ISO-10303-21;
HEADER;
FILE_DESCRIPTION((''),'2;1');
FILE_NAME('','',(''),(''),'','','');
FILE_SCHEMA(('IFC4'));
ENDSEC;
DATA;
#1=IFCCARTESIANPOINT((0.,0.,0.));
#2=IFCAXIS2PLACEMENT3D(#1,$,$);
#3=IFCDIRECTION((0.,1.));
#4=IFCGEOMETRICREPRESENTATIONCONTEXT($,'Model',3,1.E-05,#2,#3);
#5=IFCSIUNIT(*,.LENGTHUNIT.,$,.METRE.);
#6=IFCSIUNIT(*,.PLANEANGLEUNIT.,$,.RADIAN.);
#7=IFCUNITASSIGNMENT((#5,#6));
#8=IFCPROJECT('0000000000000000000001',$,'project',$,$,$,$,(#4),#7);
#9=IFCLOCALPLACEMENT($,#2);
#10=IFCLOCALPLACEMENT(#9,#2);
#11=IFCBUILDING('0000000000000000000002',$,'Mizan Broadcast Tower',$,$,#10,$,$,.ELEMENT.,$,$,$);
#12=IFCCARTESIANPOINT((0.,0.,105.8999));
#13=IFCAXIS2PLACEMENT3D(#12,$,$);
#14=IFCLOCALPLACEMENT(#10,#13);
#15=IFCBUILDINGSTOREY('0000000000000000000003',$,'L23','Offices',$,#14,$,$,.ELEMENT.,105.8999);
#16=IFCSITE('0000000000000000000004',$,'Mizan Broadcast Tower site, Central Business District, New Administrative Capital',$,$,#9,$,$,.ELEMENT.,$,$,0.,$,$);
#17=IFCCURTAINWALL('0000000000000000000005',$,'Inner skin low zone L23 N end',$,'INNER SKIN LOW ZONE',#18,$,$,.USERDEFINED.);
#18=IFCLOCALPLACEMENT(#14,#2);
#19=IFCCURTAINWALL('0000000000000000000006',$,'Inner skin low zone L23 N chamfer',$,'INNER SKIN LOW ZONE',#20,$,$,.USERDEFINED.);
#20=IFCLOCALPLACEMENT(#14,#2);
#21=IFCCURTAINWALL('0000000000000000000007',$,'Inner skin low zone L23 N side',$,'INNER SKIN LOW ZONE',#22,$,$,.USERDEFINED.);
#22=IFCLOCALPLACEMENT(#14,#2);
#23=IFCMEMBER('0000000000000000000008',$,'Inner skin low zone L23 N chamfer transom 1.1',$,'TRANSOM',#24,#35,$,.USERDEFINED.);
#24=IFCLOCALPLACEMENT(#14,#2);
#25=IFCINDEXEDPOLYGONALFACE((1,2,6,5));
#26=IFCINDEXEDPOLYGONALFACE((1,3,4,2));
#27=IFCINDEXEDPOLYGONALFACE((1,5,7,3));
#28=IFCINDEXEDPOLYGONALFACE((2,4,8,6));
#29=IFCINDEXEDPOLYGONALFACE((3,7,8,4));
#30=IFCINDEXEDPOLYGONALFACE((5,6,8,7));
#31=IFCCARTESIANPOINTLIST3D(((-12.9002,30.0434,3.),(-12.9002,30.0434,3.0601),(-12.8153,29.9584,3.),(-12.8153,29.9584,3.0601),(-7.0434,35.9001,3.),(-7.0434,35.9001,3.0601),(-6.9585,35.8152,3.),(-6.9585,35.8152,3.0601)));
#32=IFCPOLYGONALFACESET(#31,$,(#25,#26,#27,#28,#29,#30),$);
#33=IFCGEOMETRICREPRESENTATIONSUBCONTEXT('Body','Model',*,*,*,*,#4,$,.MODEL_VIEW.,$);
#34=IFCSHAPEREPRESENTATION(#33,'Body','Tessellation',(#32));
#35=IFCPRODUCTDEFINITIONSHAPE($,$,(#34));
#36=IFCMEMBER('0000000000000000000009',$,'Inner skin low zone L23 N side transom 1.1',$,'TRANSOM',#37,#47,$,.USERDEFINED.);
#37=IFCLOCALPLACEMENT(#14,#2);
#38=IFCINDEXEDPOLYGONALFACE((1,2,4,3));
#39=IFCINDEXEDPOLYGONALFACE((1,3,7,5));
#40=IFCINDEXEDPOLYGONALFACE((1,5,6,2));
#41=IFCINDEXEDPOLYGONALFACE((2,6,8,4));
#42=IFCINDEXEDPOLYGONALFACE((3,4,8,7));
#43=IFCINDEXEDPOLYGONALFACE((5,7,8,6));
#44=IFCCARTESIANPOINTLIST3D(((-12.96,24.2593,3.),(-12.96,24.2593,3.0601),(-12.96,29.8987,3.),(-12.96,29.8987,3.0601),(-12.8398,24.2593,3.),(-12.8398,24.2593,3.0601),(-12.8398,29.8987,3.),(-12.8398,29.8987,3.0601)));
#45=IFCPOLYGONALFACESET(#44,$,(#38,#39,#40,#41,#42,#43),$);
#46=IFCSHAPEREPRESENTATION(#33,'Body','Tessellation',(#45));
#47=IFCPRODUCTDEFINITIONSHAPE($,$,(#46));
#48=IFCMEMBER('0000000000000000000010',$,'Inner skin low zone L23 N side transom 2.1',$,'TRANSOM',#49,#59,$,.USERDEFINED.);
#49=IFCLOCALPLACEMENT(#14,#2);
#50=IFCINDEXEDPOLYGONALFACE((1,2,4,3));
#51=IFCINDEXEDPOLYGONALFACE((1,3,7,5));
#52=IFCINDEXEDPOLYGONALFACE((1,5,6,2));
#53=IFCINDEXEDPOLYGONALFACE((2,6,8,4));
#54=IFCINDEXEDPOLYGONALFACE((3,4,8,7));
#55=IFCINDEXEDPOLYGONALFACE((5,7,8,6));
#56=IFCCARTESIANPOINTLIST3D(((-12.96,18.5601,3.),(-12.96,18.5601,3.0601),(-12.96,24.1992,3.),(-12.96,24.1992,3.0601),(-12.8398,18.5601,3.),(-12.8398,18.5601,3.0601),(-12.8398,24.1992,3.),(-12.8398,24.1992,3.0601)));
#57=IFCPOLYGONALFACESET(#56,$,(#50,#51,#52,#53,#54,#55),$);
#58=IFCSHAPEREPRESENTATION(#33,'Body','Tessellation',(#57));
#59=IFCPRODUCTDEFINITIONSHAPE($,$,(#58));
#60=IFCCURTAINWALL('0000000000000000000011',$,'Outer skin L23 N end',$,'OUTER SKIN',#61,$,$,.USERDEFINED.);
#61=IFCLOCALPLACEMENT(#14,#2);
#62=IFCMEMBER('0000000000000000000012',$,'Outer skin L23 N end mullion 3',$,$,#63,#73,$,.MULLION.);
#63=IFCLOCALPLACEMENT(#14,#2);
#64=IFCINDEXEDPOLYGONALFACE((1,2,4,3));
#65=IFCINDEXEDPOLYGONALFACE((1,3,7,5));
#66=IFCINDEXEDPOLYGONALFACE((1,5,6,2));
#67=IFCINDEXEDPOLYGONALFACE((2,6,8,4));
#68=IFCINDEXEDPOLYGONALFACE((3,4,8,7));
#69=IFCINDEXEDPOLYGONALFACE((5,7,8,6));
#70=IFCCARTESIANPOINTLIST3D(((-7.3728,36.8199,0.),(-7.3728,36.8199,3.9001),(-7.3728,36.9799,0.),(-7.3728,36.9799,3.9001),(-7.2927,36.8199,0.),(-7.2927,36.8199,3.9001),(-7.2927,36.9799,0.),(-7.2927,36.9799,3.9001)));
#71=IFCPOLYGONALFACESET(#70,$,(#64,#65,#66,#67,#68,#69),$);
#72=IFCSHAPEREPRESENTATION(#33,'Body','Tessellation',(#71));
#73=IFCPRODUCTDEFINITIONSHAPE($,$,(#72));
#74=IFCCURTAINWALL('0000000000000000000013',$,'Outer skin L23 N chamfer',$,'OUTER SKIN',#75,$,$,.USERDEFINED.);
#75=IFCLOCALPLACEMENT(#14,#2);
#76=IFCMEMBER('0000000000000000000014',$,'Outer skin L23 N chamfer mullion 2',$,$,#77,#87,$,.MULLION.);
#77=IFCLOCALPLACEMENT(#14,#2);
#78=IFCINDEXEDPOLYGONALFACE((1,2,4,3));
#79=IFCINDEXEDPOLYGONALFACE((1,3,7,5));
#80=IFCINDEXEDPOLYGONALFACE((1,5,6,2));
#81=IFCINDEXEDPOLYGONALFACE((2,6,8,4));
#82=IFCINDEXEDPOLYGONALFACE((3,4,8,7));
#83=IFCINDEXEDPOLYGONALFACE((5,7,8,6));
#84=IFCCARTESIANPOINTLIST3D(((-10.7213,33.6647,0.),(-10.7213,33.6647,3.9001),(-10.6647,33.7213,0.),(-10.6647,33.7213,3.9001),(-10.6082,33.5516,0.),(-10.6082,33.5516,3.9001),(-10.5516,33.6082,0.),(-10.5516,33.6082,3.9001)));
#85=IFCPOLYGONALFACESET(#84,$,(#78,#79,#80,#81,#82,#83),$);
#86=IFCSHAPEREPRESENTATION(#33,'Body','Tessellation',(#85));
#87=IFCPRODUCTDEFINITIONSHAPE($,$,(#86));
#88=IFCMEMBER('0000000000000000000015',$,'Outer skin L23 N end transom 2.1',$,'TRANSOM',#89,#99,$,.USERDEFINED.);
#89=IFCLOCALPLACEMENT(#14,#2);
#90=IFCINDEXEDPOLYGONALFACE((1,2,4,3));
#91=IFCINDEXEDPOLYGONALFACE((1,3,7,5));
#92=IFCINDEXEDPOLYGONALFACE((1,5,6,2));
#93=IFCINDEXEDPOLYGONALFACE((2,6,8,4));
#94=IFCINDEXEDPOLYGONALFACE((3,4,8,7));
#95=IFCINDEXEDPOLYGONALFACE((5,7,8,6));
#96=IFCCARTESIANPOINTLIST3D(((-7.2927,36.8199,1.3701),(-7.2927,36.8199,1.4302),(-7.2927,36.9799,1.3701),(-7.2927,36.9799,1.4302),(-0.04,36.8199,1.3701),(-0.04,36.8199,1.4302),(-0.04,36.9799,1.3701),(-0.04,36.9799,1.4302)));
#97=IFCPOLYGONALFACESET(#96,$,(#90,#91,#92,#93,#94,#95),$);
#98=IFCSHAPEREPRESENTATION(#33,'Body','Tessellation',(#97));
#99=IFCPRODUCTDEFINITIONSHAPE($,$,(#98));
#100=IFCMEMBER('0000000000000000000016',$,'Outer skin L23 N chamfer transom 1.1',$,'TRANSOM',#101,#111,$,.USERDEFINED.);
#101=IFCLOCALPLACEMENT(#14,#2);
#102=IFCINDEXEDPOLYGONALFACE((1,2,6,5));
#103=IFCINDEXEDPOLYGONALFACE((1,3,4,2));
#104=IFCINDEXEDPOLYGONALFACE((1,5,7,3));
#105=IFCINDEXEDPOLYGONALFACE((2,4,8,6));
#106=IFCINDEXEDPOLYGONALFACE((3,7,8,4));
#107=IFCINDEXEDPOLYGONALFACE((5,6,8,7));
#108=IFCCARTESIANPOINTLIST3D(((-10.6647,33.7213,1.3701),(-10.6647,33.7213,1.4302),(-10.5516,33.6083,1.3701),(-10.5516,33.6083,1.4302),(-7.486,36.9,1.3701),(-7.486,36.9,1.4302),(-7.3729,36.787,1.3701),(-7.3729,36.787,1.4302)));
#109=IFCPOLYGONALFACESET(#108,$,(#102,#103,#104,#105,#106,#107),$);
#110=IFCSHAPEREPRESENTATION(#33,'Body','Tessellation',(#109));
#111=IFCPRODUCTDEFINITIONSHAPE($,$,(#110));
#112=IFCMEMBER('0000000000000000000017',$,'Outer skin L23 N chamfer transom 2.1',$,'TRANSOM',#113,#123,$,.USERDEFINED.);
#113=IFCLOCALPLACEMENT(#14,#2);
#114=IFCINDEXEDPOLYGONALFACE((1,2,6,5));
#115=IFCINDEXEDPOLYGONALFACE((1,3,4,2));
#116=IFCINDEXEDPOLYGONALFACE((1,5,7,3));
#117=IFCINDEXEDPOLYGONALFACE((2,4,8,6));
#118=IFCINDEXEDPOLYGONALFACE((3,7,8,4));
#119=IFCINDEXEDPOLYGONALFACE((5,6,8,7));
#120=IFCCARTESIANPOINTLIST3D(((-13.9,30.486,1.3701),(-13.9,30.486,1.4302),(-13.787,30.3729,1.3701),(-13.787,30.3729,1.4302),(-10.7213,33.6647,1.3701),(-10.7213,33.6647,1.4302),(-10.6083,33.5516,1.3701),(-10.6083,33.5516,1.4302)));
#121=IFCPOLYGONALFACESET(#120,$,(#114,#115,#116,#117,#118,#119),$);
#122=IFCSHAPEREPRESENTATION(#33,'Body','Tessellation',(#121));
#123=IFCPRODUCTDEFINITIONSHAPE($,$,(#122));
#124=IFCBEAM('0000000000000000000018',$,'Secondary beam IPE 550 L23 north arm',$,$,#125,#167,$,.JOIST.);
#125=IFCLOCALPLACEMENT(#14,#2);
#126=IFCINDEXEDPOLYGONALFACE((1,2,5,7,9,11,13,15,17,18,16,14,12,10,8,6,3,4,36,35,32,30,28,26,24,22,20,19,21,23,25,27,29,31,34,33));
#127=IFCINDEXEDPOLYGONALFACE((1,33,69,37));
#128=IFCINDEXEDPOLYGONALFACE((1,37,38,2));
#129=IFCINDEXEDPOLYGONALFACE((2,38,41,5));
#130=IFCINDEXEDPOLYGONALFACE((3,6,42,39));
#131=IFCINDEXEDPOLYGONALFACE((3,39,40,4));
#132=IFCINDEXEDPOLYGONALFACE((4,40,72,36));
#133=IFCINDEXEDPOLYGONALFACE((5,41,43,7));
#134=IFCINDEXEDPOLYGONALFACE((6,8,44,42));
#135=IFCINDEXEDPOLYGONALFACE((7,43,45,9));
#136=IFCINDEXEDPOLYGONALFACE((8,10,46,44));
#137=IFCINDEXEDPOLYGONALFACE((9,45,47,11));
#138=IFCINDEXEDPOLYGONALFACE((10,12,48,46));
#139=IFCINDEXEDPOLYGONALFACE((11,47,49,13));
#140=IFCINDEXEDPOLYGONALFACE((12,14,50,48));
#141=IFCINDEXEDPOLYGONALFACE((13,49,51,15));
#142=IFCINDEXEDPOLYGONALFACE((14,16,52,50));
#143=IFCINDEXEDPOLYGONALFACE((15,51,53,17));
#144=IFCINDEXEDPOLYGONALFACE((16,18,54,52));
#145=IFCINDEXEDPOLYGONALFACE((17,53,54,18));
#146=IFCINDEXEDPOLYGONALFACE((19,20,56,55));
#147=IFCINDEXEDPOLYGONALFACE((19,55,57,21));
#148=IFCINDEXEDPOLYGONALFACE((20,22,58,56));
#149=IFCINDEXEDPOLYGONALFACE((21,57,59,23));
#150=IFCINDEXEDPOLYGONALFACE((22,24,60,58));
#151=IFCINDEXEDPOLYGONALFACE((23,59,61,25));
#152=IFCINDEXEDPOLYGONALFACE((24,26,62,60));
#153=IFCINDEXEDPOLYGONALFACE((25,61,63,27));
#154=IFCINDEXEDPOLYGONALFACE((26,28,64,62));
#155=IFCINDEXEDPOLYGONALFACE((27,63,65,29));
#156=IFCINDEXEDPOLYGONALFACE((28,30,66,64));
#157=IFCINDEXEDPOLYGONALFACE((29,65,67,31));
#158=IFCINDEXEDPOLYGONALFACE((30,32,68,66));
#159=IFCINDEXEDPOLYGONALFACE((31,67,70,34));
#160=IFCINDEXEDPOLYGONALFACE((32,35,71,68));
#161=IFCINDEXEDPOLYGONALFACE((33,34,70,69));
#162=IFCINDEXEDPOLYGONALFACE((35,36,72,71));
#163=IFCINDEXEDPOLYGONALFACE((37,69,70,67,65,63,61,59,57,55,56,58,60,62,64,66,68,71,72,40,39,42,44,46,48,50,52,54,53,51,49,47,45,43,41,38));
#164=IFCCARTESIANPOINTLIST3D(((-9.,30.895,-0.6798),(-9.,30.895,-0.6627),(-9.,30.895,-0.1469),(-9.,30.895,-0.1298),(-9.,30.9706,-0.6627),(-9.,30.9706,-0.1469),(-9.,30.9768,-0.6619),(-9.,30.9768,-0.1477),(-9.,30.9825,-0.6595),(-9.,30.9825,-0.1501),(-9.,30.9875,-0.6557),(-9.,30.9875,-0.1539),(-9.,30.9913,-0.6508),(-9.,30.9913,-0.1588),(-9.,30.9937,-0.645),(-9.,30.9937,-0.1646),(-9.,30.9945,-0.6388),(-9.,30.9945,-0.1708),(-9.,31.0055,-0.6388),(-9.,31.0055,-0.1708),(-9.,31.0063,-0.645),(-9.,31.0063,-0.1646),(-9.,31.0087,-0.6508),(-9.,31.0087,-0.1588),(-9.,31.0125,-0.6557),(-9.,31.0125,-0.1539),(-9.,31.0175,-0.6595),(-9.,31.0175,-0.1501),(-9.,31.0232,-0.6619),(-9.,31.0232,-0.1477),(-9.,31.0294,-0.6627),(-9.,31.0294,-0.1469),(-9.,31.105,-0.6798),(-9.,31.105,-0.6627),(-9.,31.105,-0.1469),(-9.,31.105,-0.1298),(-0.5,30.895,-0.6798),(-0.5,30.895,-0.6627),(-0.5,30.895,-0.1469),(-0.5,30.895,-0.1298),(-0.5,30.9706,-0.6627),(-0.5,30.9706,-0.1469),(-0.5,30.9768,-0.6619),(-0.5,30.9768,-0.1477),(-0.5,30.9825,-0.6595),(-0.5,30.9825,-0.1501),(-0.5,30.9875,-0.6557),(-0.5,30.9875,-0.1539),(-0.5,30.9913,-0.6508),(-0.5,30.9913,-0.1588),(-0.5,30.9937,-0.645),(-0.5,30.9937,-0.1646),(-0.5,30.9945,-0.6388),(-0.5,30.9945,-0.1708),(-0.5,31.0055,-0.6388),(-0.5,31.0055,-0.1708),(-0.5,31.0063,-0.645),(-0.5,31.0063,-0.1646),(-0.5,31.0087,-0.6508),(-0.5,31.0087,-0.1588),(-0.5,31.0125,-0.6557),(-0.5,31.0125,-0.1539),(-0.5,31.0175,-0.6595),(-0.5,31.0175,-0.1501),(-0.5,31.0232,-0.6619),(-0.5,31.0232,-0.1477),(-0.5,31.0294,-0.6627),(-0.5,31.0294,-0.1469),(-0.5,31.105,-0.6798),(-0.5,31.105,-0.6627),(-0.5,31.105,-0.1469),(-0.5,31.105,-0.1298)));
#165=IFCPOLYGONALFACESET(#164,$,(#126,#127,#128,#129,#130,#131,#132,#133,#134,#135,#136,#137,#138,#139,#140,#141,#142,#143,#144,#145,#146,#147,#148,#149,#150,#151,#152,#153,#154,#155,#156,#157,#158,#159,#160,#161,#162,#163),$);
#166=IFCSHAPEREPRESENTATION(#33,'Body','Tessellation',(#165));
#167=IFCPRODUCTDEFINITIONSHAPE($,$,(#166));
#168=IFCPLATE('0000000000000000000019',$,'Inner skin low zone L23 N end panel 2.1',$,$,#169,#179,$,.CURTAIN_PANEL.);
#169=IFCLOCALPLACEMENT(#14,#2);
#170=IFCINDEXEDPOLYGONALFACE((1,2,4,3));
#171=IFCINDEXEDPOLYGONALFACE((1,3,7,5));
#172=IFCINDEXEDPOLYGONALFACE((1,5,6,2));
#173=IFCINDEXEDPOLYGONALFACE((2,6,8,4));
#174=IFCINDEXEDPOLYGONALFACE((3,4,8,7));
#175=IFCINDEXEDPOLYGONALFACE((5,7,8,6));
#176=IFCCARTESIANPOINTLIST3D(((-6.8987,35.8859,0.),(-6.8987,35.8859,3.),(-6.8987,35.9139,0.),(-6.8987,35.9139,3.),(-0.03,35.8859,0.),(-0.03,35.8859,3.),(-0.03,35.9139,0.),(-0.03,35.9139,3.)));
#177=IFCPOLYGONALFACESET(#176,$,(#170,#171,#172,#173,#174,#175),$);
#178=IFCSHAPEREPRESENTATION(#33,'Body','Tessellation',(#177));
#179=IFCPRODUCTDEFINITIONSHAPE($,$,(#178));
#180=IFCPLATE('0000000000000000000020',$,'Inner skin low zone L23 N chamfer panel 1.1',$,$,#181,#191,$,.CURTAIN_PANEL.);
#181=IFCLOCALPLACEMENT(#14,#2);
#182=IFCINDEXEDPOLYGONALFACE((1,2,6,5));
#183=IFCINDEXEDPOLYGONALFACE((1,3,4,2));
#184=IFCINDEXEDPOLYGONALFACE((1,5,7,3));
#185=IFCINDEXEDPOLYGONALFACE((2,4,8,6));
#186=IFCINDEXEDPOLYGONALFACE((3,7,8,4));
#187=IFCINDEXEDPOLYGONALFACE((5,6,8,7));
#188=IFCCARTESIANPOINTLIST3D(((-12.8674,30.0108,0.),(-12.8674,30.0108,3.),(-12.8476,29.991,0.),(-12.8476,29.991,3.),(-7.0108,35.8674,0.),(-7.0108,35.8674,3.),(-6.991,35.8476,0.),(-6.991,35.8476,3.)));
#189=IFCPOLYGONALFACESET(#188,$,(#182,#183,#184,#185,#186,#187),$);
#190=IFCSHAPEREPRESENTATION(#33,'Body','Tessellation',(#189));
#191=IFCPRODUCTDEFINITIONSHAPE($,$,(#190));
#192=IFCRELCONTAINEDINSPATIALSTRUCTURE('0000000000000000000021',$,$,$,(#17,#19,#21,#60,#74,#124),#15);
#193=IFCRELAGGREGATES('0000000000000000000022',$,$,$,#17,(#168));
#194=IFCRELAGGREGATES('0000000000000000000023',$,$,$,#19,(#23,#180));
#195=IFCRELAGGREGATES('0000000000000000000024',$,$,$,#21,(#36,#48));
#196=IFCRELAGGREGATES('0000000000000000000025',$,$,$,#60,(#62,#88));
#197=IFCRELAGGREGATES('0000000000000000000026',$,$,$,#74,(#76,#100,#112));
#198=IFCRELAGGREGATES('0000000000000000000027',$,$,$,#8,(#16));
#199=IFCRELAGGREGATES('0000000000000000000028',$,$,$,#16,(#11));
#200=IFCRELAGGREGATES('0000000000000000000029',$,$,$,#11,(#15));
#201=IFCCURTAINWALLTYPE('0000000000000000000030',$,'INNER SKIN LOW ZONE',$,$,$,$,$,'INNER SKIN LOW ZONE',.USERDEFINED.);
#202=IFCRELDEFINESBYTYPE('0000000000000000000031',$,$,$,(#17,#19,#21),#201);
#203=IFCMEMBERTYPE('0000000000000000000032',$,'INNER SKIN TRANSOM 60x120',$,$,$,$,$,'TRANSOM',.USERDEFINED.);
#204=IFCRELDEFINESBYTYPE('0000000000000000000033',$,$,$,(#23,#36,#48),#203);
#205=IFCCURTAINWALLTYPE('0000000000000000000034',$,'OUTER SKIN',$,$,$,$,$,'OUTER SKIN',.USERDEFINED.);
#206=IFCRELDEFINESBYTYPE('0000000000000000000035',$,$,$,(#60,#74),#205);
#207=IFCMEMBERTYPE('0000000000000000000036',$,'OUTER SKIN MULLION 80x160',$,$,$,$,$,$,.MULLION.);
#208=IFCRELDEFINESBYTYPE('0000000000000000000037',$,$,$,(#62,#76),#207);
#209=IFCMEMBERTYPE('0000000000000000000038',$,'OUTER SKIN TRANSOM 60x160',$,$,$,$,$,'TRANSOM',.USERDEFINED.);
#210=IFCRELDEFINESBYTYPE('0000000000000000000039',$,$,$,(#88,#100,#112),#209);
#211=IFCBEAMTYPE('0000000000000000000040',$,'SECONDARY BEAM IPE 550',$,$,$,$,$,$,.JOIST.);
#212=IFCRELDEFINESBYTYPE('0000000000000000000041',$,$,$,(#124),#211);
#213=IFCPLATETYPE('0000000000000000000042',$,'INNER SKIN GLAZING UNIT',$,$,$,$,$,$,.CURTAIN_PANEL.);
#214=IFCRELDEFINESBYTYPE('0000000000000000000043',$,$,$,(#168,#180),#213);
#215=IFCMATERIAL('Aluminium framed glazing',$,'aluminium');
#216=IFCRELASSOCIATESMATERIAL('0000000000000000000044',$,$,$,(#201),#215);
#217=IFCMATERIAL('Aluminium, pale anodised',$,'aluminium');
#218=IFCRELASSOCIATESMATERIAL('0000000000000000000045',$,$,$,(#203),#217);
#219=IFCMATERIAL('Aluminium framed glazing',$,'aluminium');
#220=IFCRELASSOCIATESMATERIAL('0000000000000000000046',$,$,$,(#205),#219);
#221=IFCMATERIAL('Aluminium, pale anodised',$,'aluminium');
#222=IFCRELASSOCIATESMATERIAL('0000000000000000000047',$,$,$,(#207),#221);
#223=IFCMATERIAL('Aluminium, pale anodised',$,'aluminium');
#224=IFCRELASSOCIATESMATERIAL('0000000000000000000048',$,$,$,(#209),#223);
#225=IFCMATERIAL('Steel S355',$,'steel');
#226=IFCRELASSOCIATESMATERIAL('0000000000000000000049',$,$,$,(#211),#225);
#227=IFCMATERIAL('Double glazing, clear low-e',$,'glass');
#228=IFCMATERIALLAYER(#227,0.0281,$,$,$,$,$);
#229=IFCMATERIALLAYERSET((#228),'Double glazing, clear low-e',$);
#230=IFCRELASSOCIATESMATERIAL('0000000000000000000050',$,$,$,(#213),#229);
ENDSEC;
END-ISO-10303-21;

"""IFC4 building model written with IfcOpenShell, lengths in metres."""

from ifc_helpers import new_model, si_unit, direction, frame, origin, origin_2d, place, context, subcontext, project, spatial, rectangle, i_section, extrude, material, layer, layer_set, material_profile, profile_set, type_object, element, aggregate, save


model = new_model("IFC4")

# Units and contexts
model_context = context("Model", 3, precision=1e-05, world=origin(), true_north=direction((0.0, 1.0)))
body_context = subcontext(model_context, "Body", "Model", "MODEL_VIEW")
ifc_project = project(units=[si_unit("LENGTHUNIT", "METRE"), si_unit("PLANEANGLEUNIT", "RADIAN")], contexts=[model_context])

# Site, building, storey
site_placement = place(None, origin())
site = spatial("IfcSite", under=ifc_project, at=site_placement, Name="Mizan Broadcast Tower site, Central Business District, New Administrative Capital", CompositionType="ELEMENT", RefElevation=0.0)
building_placement = place(site_placement, origin())
building = spatial("IfcBuilding", under=site, at=building_placement, Name="Mizan Broadcast Tower", CompositionType="ELEMENT")
storey_placement = place(building_placement, frame((0.0, 0.0, 105.8999)))
storey = spatial("IfcBuildingStorey", under=building, at=storey_placement, Name="L23", Description="Offices", CompositionType="ELEMENT", Elevation=105.8999)

# Curtain walls
ifc_material_1 = material(Name="Aluminium framed glazing", Category="aluminium")
curtain_wall_type_1 = type_object("IfcCurtainWallType", Name="INNER SKIN LOW ZONE", ElementType="INNER SKIN LOW ZONE", PredefinedType="USERDEFINED", material=ifc_material_1)
curtain_wall_1_placement = place(storey_placement, origin())
curtain_wall_1 = element("IfcCurtainWall", 1, at=curtain_wall_1_placement, inside=storey, type_object=curtain_wall_type_1, Name="Inner skin low zone L23 N end", ObjectType="INNER SKIN LOW ZONE", PredefinedType="USERDEFINED")
curtain_wall_2_placement = place(storey_placement, origin())
curtain_wall_2 = element("IfcCurtainWall", 2, at=curtain_wall_2_placement, inside=storey, type_object=curtain_wall_type_1, Name="Inner skin low zone L23 N chamfer", ObjectType="INNER SKIN LOW ZONE", PredefinedType="USERDEFINED")
curtain_wall_3_placement = place(storey_placement, origin())
curtain_wall_3 = element("IfcCurtainWall", 3, at=curtain_wall_3_placement, inside=storey, type_object=curtain_wall_type_1, Name="Inner skin low zone L23 N side", ObjectType="INNER SKIN LOW ZONE", PredefinedType="USERDEFINED")

# Members
ifc_material_2 = material(Name="Aluminium, pale anodised", Category="aluminium")
ifc_material_profile_1 = material_profile(ifc_material_2, rectangle(XDim=0.1201, YDim=0.0601, at=origin_2d()), Name="TRANSOM 120x60")
ifc_profile_set_1 = profile_set([ifc_material_profile_1], Name="Aluminium, pale anodised")
member_type_1 = type_object("IfcMemberType", Name="INNER SKIN TRANSOM 60x120", ElementType="TRANSOM", PredefinedType="USERDEFINED", material=ifc_profile_set_1)
member_1_placement = place(storey_placement, frame((-7.001, 35.8577, 3.03), z_axis=(-0.707107, -0.707107, 0.0), x_axis=(0.707107, -0.707107, 0.0)))
member_1 = element("IfcMember", 4, at=member_1_placement, type_object=member_type_1, Name="Inner skin low zone L23 N chamfer transom 1.1", ObjectType="TRANSOM", PredefinedType="USERDEFINED", context=body_context, shape_type="SweptSolid", body=[
    extrude(rectangle(XDim=0.1201, YDim=0.0601, at=origin_2d()), origin(), (0.0, 0.0, 1.0), 8.2827),
])
member_2_placement = place(storey_placement, frame((-12.8999, 29.8987, 3.03), z_axis=(0.0, -1.0, 0.0), x_axis=(1.0, 0.0, 0.0)))
member_2 = element("IfcMember", 5, at=member_2_placement, type_object=member_type_1, Name="Inner skin low zone L23 N side transom 1.1", ObjectType="TRANSOM", PredefinedType="USERDEFINED", context=body_context, shape_type="SweptSolid", body=[
    extrude(rectangle(XDim=0.1201, YDim=0.0601, at=origin_2d()), origin(), (0.0, 0.0, 1.0), 5.6394),
])
member_3_placement = place(storey_placement, frame((-12.8999, 24.1992, 3.03), z_axis=(0.0, -1.0, 0.0), x_axis=(1.0, 0.0, 0.0)))
member_3 = element("IfcMember", 6, at=member_3_placement, type_object=member_type_1, Name="Inner skin low zone L23 N side transom 2.1", ObjectType="TRANSOM", PredefinedType="USERDEFINED", context=body_context, shape_type="SweptSolid", body=[
    extrude(rectangle(XDim=0.1201, YDim=0.0601, at=origin_2d()), origin(), (0.0, 0.0, 1.0), 5.6392),
])

# Curtain walls, members
ifc_material_3 = material(Name="Aluminium framed glazing", Category="aluminium")
curtain_wall_type_2 = type_object("IfcCurtainWallType", Name="OUTER SKIN", ElementType="OUTER SKIN", PredefinedType="USERDEFINED", material=ifc_material_3)
curtain_wall_4_placement = place(storey_placement, origin())
curtain_wall_4 = element("IfcCurtainWall", 7, at=curtain_wall_4_placement, inside=storey, type_object=curtain_wall_type_2, Name="Outer skin L23 N end", ObjectType="OUTER SKIN", PredefinedType="USERDEFINED")
ifc_material_4 = material(Name="Aluminium, pale anodised", Category="aluminium")
ifc_material_profile_2 = material_profile(ifc_material_4, rectangle(XDim=0.1599, YDim=0.0801, at=origin_2d()), Name="MULLION 160x80")
ifc_profile_set_2 = profile_set([ifc_material_profile_2], Name="Aluminium, pale anodised")
member_type_2 = type_object("IfcMemberType", Name="OUTER SKIN MULLION 80x160", PredefinedType="MULLION", material=ifc_profile_set_2)
member_4_placement = place(storey_placement, frame((-7.3328, 36.8999, 0.0), z_axis=(0.0, 0.0, 1.0), x_axis=(0.0, -1.0, 0.0)))
member_4 = element("IfcMember", 8, at=member_4_placement, type_object=member_type_2, Name="Outer skin L23 N end mullion 3", PredefinedType="MULLION", context=body_context, shape_type="SweptSolid", body=[
    extrude(rectangle(XDim=0.1599, YDim=0.0801, at=origin_2d()), origin(), (0.0, 0.0, 1.0), 3.9001),
])
curtain_wall_5_placement = place(storey_placement, origin())
curtain_wall_5 = element("IfcCurtainWall", 9, at=curtain_wall_5_placement, inside=storey, type_object=curtain_wall_type_2, Name="Outer skin L23 N chamfer", ObjectType="OUTER SKIN", PredefinedType="USERDEFINED")
member_5_placement = place(storey_placement, frame((-10.6365, 33.6365, 0.0), z_axis=(0.0, 0.0, 1.0), x_axis=(0.707107, -0.707107, 0.0)))
member_5 = element("IfcMember", 10, at=member_5_placement, type_object=member_type_2, Name="Outer skin L23 N chamfer mullion 2", PredefinedType="MULLION", context=body_context, shape_type="SweptSolid", body=[
    extrude(rectangle(XDim=0.1599, YDim=0.0801, at=origin_2d()), origin(), (0.0, 0.0, 1.0), 3.9001),
])

# Members
ifc_material_5 = material(Name="Aluminium, pale anodised", Category="aluminium")
ifc_material_profile_3 = material_profile(ifc_material_5, rectangle(XDim=0.1599, YDim=0.0601, at=origin_2d()), Name="TRANSOM 160x60")
ifc_profile_set_3 = profile_set([ifc_material_profile_3], Name="Aluminium, pale anodised")
member_type_3 = type_object("IfcMemberType", Name="OUTER SKIN TRANSOM 60x160", ElementType="TRANSOM", PredefinedType="USERDEFINED", material=ifc_profile_set_3)
member_6_placement = place(storey_placement, frame((-0.04, 36.8999, 1.4001), z_axis=(-1.0, 0.0, 0.0), x_axis=(0.0, -1.0, 0.0)))
member_6 = element("IfcMember", 11, at=member_6_placement, type_object=member_type_3, Name="Outer skin L23 N end transom 2.1", ObjectType="TRANSOM", PredefinedType="USERDEFINED", context=body_context, shape_type="SweptSolid", body=[
    extrude(rectangle(XDim=0.1599, YDim=0.0601, at=origin_2d()), origin(), (0.0, 0.0, 1.0), 7.2527),
])
member_7_placement = place(storey_placement, frame((-7.4294, 36.8435, 1.4001), z_axis=(-0.707107, -0.707107, 0.0), x_axis=(0.707107, -0.707107, 0.0)))
member_7 = element("IfcMember", 12, at=member_7_placement, type_object=member_type_3, Name="Outer skin L23 N chamfer transom 1.1", ObjectType="TRANSOM", PredefinedType="USERDEFINED", context=body_context, shape_type="SweptSolid", body=[
    extrude(rectangle(XDim=0.1599, YDim=0.0601, at=origin_2d()), origin(), (0.0, 0.0, 1.0), 4.4954),
])
member_8_placement = place(storey_placement, frame((-10.6648, 33.6082, 1.4001), z_axis=(-0.707107, -0.707107, 0.0), x_axis=(0.707107, -0.707107, 0.0)))
member_8 = element("IfcMember", 13, at=member_8_placement, type_object=member_type_3, Name="Outer skin L23 N chamfer transom 2.1", ObjectType="TRANSOM", PredefinedType="USERDEFINED", context=body_context, shape_type="SweptSolid", body=[
    extrude(rectangle(XDim=0.1599, YDim=0.0601, at=origin_2d()), origin(), (0.0, 0.0, 1.0), 4.4954),
])

# Beam
ifc_material_6 = material(Name="Steel S355", Category="steel")
ifc_material_profile_4 = material_profile(ifc_material_6, i_section(OverallWidth=0.21, OverallDepth=0.55, WebThickness=0.011, FlangeThickness=0.0171, FilletRadius=0.0239, at=origin_2d()), Name="IPE 550")
ifc_profile_set_4 = profile_set([ifc_material_profile_4], Name="Steel S355")
beam_type_1 = type_object("IfcBeamType", Name="SECONDARY BEAM IPE 550", PredefinedType="JOIST", material=ifc_profile_set_4)
beam_1_placement = place(storey_placement, frame((-9.0, 31.0, -0.4048), z_axis=(1.0, 0.0, 0.0), x_axis=(0.0, 1.0, 0.0)))
element("IfcBeam", 14, at=beam_1_placement, inside=storey, type_object=beam_type_1, Name="Secondary beam IPE 550 L23 north arm", PredefinedType="JOIST", context=body_context, shape_type="SweptSolid", body=[
    extrude(i_section(OverallWidth=0.21, OverallDepth=0.55, WebThickness=0.011, FlangeThickness=0.0171, FilletRadius=0.0239, at=origin_2d()), origin(), (0.0, 0.0, 1.0), 8.5),
])

# Plates
ifc_material_7 = material(Name="Double glazing, clear low-e", Category="glass")
ifc_layer_1 = layer(ifc_material_7, 0.0281)
ifc_layer_set_1 = layer_set([ifc_layer_1], Name="Double glazing, clear low-e")
plate_type_1 = type_object("IfcPlateType", Name="INNER SKIN GLAZING UNIT", PredefinedType="CURTAIN_PANEL", material=ifc_layer_set_1)
plate_1_placement = place(storey_placement, frame((-3.4644, 35.8999, 0.0), z_axis=(0.0, 0.0, 1.0), x_axis=(-1.0, 0.0, 0.0)))
plate_1 = element("IfcPlate", 15, at=plate_1_placement, type_object=plate_type_1, Name="Inner skin low zone L23 N end panel 2.1", PredefinedType="CURTAIN_PANEL", context=body_context, shape_type="SweptSolid", body=[
    extrude(rectangle(XDim=6.8687, YDim=0.0281, at=origin_2d()), origin(), (0.0, 0.0, 1.0), 3.0),
])
plate_2_placement = place(storey_placement, frame((-9.9292, 32.9292, 0.0), z_axis=(0.0, 0.0, 1.0), x_axis=(-0.707107, -0.707107, 0.0)))
plate_2 = element("IfcPlate", 16, at=plate_2_placement, type_object=plate_type_1, Name="Inner skin low zone L23 N chamfer panel 1.1", PredefinedType="CURTAIN_PANEL", context=body_context, shape_type="SweptSolid", body=[
    extrude(rectangle(XDim=8.2825, YDim=0.0281, at=origin_2d()), origin(), (0.0, 0.0, 1.0), 3.0),
])
aggregate(curtain_wall_1, [plate_1])
aggregate(curtain_wall_2, [member_1, plate_2])
aggregate(curtain_wall_3, [member_2, member_3])
aggregate(curtain_wall_4, [member_4, member_6])
aggregate(curtain_wall_5, [member_5, member_7, member_8])

save(model, "model.ifc")
